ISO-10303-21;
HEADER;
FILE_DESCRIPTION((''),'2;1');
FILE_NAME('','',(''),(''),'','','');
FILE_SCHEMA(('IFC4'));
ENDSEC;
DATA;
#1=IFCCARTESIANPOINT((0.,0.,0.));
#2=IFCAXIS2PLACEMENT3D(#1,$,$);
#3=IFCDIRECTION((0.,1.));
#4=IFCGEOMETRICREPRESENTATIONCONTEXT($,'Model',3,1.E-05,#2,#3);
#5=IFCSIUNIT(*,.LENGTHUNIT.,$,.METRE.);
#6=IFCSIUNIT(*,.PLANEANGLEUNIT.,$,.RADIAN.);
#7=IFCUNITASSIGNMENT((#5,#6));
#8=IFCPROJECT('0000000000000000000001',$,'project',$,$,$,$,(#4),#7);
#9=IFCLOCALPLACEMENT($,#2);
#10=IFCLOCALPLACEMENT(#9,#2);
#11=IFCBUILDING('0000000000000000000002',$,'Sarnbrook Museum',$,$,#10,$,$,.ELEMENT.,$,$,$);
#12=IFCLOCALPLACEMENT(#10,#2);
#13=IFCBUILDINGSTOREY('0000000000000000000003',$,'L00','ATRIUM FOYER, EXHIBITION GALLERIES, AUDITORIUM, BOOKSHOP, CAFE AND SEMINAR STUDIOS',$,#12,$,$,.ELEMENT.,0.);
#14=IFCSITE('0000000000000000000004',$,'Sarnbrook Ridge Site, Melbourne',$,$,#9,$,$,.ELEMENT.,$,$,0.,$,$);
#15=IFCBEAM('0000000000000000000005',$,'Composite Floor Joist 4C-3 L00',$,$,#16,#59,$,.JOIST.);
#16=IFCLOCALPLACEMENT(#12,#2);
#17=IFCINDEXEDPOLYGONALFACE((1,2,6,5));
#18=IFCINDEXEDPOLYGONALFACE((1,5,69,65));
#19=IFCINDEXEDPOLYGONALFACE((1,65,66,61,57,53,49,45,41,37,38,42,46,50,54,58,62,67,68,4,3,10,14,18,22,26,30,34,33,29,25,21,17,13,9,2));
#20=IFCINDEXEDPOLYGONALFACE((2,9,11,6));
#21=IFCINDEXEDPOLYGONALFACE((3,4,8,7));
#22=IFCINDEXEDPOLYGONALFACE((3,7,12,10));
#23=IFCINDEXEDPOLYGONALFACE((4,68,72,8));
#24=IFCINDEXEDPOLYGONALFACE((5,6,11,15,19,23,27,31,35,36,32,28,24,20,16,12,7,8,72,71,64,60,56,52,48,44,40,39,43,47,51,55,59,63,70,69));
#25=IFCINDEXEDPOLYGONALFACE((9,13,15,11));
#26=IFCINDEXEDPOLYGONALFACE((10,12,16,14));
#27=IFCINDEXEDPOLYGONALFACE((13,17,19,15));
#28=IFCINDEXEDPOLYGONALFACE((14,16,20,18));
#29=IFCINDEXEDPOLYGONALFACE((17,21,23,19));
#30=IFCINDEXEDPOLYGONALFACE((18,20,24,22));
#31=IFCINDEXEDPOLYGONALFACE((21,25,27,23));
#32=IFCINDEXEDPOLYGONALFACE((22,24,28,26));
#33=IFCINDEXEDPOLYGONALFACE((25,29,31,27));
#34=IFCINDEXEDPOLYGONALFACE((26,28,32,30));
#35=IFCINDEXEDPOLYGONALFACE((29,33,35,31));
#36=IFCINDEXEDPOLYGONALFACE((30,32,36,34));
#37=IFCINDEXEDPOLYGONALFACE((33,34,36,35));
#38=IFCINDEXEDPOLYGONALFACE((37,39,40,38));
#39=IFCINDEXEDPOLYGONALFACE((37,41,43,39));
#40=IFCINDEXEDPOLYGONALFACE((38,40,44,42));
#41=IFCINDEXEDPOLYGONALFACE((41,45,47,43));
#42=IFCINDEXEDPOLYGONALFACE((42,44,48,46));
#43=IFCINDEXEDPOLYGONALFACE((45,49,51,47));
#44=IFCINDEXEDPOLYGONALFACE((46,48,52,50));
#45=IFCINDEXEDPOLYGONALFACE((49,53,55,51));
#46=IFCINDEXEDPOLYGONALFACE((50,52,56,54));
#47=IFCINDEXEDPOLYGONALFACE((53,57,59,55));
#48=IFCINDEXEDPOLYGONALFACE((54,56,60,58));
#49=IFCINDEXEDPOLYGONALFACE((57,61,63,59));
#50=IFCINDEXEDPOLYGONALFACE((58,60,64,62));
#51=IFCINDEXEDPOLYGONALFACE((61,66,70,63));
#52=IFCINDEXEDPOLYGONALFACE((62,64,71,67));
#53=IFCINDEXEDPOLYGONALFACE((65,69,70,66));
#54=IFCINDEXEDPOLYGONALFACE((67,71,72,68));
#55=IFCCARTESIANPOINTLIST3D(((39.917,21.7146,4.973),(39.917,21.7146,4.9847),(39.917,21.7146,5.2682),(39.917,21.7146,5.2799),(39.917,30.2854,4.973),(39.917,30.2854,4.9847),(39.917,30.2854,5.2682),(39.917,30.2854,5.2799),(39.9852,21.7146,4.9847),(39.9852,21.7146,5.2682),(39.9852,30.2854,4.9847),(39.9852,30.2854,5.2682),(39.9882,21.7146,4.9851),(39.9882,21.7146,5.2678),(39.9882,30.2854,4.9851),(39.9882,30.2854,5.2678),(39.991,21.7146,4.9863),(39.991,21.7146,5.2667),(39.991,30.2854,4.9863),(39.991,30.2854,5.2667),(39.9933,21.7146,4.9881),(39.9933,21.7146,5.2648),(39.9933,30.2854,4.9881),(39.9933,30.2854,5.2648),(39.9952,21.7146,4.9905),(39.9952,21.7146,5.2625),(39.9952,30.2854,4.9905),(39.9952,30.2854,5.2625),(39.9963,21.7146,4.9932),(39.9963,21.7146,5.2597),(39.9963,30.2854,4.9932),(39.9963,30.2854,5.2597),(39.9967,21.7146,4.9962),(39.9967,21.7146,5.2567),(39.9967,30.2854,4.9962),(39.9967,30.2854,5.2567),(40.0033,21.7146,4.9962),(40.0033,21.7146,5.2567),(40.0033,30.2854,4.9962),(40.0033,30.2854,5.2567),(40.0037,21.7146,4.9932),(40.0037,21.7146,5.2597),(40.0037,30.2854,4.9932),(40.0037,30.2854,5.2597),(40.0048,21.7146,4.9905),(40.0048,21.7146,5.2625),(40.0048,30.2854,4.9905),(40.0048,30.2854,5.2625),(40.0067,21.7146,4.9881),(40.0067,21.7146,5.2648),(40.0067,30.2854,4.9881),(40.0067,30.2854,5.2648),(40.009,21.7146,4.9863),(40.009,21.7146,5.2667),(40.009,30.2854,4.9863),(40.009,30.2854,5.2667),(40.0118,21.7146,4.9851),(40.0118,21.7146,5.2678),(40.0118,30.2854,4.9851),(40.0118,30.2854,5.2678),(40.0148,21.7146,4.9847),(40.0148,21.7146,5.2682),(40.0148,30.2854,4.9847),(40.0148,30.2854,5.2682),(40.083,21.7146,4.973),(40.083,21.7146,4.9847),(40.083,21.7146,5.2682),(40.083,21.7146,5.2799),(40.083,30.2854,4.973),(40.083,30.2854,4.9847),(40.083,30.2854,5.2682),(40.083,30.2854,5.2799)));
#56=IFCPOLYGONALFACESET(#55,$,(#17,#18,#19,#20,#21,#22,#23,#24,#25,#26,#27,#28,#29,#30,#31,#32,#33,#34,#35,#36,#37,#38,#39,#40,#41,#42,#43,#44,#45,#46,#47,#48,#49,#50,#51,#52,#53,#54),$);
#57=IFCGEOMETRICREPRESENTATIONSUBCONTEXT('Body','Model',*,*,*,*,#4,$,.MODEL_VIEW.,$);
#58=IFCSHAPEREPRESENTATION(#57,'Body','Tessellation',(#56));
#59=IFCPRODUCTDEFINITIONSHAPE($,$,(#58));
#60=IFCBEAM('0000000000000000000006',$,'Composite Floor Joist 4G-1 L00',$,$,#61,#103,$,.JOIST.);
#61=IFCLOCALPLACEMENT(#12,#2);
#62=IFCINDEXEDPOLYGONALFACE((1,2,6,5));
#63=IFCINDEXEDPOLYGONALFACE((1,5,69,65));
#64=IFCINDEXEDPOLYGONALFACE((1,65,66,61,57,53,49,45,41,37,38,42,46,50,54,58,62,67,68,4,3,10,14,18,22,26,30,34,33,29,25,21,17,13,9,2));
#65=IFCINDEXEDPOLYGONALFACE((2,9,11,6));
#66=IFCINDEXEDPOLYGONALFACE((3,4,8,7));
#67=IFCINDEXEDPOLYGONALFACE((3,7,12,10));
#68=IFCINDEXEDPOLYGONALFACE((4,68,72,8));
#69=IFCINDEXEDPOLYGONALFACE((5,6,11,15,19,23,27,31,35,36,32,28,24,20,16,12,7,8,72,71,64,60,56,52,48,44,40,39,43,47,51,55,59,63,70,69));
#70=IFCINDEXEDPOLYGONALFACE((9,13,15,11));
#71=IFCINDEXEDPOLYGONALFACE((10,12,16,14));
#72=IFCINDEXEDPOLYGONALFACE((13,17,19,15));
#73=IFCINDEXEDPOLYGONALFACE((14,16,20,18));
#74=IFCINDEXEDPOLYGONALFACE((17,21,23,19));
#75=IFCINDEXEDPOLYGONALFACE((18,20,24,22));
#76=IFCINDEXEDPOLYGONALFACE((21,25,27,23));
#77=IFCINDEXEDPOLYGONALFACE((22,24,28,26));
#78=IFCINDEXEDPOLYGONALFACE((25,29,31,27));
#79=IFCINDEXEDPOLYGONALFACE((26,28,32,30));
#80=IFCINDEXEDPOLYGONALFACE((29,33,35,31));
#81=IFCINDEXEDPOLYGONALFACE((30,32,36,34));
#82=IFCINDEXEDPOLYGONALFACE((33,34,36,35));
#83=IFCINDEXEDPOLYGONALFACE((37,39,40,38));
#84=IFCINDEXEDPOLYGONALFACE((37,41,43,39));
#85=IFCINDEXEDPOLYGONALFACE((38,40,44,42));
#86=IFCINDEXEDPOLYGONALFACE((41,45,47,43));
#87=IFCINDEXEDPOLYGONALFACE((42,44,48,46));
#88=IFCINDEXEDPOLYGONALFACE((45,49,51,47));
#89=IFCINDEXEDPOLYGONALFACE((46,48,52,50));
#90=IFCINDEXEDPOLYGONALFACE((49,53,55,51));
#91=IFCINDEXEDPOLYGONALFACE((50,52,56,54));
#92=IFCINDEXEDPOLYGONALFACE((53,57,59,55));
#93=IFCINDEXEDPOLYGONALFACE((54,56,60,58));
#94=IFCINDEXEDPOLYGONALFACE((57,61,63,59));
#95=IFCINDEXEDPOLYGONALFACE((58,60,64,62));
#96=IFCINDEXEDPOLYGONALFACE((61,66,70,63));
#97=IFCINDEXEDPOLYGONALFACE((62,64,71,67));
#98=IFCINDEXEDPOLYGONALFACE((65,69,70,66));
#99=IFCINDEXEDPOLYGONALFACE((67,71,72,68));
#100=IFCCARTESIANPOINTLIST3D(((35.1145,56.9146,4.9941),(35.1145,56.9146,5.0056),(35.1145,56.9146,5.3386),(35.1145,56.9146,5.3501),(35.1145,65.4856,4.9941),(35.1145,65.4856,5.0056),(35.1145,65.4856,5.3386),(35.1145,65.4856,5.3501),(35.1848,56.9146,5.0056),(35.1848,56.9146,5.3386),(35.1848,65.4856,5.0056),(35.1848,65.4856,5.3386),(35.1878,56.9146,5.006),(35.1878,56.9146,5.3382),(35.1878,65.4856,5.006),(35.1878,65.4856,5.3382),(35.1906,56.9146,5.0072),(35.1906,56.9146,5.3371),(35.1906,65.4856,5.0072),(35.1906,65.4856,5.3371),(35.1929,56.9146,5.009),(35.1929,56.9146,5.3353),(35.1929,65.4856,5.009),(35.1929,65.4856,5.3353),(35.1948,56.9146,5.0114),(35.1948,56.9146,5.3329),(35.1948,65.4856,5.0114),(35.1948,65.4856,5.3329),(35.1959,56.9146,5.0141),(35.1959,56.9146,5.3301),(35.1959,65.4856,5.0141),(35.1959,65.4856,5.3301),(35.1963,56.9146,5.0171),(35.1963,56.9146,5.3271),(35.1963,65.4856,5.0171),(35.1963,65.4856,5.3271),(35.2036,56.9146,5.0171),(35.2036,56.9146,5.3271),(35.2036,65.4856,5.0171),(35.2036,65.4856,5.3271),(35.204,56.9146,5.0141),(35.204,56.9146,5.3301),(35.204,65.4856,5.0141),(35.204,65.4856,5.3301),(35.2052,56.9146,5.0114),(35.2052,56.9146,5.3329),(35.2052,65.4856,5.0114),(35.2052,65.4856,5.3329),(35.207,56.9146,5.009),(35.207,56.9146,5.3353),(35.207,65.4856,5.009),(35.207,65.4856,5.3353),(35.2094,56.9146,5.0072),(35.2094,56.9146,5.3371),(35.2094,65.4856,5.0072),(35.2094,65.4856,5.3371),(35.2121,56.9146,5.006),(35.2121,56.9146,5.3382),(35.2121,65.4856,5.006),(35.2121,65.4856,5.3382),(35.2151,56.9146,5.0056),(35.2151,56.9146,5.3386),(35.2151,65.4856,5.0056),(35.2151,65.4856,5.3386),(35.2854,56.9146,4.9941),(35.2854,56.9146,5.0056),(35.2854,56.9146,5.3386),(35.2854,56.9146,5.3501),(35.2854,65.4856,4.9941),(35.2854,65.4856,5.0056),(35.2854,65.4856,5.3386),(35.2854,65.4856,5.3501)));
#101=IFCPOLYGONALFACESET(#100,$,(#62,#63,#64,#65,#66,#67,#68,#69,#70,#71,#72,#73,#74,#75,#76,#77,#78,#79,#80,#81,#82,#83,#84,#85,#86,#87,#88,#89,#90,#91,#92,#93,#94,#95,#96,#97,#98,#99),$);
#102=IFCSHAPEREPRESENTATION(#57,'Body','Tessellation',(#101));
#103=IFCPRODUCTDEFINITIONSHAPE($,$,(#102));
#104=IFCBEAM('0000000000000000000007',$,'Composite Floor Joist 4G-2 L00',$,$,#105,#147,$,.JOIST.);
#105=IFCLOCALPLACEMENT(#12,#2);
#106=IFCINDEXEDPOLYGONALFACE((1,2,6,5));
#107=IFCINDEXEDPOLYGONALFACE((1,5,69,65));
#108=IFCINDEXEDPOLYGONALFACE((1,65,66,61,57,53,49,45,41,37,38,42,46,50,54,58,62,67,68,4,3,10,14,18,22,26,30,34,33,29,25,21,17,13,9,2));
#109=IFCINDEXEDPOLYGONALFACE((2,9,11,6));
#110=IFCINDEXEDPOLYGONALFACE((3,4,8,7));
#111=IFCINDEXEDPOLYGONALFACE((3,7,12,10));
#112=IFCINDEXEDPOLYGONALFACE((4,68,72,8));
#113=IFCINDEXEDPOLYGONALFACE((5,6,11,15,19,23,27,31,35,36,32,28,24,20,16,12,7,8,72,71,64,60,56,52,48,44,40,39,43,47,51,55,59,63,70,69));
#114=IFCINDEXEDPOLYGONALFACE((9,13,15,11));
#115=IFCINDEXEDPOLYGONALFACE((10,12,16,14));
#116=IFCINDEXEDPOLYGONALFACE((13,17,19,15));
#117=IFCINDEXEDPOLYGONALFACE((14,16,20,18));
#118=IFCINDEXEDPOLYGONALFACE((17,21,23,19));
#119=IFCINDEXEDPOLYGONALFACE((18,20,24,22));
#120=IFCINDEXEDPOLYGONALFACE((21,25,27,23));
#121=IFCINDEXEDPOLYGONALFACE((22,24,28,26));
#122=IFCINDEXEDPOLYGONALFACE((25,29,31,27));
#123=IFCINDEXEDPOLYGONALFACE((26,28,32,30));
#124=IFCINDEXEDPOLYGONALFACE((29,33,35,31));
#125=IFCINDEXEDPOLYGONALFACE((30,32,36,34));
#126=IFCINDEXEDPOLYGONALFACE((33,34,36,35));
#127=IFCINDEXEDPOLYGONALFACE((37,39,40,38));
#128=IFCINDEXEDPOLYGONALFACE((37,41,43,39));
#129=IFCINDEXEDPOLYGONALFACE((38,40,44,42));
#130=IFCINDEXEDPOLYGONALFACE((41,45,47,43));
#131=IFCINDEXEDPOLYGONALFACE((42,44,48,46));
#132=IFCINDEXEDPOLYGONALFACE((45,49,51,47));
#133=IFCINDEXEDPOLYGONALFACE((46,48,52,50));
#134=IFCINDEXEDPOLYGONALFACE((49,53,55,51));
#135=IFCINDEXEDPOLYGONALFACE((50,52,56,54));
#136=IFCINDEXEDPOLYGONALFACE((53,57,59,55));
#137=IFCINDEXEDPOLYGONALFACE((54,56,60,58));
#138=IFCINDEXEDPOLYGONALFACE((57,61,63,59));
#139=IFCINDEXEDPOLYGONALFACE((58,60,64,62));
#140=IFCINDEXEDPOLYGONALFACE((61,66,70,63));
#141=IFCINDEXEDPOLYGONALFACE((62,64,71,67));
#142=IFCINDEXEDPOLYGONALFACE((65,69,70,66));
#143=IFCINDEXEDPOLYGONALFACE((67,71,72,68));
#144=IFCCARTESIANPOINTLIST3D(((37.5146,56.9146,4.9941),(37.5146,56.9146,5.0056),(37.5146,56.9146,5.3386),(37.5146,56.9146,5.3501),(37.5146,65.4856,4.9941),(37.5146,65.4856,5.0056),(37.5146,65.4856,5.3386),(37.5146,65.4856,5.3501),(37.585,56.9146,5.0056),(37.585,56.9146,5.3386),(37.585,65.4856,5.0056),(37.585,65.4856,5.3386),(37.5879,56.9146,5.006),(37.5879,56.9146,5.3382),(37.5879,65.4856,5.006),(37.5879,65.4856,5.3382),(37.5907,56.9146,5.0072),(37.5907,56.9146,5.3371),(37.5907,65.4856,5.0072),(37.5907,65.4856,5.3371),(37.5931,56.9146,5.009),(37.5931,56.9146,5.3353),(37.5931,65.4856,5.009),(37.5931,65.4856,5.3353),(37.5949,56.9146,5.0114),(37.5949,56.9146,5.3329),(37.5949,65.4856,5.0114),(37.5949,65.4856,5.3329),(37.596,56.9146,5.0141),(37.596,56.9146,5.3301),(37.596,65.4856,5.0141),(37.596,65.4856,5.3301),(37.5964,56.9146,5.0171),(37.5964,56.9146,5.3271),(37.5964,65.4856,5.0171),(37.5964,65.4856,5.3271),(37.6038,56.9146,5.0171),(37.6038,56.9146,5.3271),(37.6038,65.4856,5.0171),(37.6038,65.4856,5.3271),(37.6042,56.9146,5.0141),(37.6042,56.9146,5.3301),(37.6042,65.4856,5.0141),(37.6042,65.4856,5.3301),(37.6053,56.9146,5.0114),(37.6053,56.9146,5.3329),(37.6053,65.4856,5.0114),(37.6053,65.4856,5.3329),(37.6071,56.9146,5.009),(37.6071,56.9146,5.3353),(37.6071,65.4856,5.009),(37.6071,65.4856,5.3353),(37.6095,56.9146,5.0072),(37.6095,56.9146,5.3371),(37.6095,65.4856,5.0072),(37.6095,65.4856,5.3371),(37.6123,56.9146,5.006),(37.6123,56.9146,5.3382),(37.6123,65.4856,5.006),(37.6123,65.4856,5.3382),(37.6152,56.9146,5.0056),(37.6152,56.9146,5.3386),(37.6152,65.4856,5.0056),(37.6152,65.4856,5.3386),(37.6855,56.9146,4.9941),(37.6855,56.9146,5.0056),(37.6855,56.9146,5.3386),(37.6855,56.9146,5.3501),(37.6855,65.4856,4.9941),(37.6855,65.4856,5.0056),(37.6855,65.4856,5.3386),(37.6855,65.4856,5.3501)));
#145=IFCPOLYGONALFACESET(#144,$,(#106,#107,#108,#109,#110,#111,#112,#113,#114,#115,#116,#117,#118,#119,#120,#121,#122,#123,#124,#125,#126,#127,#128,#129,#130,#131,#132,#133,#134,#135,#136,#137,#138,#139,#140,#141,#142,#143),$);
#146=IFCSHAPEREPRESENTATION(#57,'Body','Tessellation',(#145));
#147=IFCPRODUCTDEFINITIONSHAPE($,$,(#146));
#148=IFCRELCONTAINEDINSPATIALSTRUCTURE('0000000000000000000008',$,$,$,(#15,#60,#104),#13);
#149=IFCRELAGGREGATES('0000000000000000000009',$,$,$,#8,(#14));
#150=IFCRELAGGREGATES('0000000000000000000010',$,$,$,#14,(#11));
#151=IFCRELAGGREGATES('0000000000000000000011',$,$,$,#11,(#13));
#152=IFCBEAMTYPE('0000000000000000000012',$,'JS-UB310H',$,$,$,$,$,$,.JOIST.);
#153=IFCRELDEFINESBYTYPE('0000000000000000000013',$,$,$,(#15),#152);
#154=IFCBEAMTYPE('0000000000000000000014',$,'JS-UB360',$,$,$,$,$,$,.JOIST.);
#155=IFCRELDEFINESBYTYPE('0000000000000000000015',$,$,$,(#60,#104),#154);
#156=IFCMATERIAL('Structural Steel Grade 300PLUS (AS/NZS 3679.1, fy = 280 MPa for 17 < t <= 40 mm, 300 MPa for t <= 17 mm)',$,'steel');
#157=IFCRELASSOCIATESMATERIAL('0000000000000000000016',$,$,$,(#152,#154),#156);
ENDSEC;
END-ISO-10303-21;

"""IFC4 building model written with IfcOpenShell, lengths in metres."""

from ifc_helpers import new_model, si_unit, direction, frame, origin, origin_2d, place, context, subcontext, project, spatial, i_section, extrude, material, material_profile, profile_set, type_object, element, save


model = new_model("IFC4")

# Units and contexts
model_context = context("Model", 3, precision=1e-05, world=origin(), true_north=direction((0.0, 1.0)))
body_context = subcontext(model_context, "Body", "Model", "MODEL_VIEW")
ifc_project = project(units=[si_unit("LENGTHUNIT", "METRE"), si_unit("PLANEANGLEUNIT", "RADIAN")], contexts=[model_context])

# Site, building, storey
site_placement = place(None, origin())
site = spatial("IfcSite", under=ifc_project, at=site_placement, Name="Sarnbrook Ridge Site, Melbourne", CompositionType="ELEMENT", RefElevation=0.0)
building_placement = place(site_placement, origin())
building = spatial("IfcBuilding", under=site, at=building_placement, Name="Sarnbrook Museum", CompositionType="ELEMENT")
storey_placement = place(building_placement, origin())
storey = spatial("IfcBuildingStorey", under=building, at=storey_placement, Name="L00", Description="ATRIUM FOYER, EXHIBITION GALLERIES, AUDITORIUM, BOOKSHOP, CAFE AND SEMINAR STUDIOS", CompositionType="ELEMENT", Elevation=0.0)

# Shared definitions
ifc_material = material(Name="Structural Steel Grade 300PLUS (AS/NZS 3679.1, fy = 280 MPa for 17 < t <= 40 mm, 300 MPa for t <= 17 mm)", Category="steel")

# Beams
ifc_material_profile_1 = material_profile(ifc_material, i_section(OverallWidth=0.166, OverallDepth=0.3069, WebThickness=0.0066, FlangeThickness=0.0117, FilletRadius=0.0115, at=origin_2d()), Name="310UB46.2")
ifc_profile_set_1 = profile_set([ifc_material_profile_1], Name="Structural Steel Grade 300PLUS (AS/NZS 3679.1, fy = 280 MPa for 17 < t <= 40 mm, 300 MPa for t <= 17 mm)")
beam_type_1 = type_object("IfcBeamType", Name="JS-UB310H", PredefinedType="JOIST", material=ifc_profile_set_1)
for number, where, z_axis, x_axis, name in (
    (1, (40.0, 21.7146, 5.1265), (0.0, 1.0, 0.0), (-1.0, 0.0, 0.0), "Composite Floor Joist 4C-3 L00"),
):
    element("IfcBeam", number, at=place(storey_placement, frame(where, z_axis=z_axis, x_axis=x_axis)), inside=storey, type_object=beam_type_1, Name=name, PredefinedType="JOIST", context=body_context, shape_type="SweptSolid", body=[
        extrude(i_section(OverallWidth=0.166, OverallDepth=0.3069, WebThickness=0.0066, FlangeThickness=0.0117, FilletRadius=0.0115, at=origin_2d()), origin(), (0.0, 0.0, 1.0), 8.5708),
    ])
ifc_material_profile_2 = material_profile(ifc_material, i_section(OverallWidth=0.1709, OverallDepth=0.356, WebThickness=0.0073, FlangeThickness=0.0115, FilletRadius=0.0115, at=origin_2d()), Name="360UB50.7")
ifc_profile_set_2 = profile_set([ifc_material_profile_2], Name="Structural Steel Grade 300PLUS (AS/NZS 3679.1, fy = 280 MPa for 17 < t <= 40 mm, 300 MPa for t <= 17 mm)")
beam_type_2 = type_object("IfcBeamType", Name="JS-UB360", PredefinedType="JOIST", material=ifc_profile_set_2)
for number, where, z_axis, x_axis, name in (
    (2, (35.2, 56.9146, 5.1721), (0.0, 1.0, 0.0), (-1.0, 0.0, 0.0), "Composite Floor Joist 4G-1 L00"),
    (3, (37.6001, 56.9146, 5.1721), (0.0, 1.0, 0.0), (-1.0, 0.0, 0.0), "Composite Floor Joist 4G-2 L00"),
):
    element("IfcBeam", number, at=place(storey_placement, frame(where, z_axis=z_axis, x_axis=x_axis)), inside=storey, type_object=beam_type_2, Name=name, PredefinedType="JOIST", context=body_context, shape_type="SweptSolid", body=[
        extrude(i_section(OverallWidth=0.1709, OverallDepth=0.356, WebThickness=0.0073, FlangeThickness=0.0115, FilletRadius=0.0115, at=origin_2d()), origin(), (0.0, 0.0, 1.0), 8.571),
    ])

save(model, "model.ifc")
